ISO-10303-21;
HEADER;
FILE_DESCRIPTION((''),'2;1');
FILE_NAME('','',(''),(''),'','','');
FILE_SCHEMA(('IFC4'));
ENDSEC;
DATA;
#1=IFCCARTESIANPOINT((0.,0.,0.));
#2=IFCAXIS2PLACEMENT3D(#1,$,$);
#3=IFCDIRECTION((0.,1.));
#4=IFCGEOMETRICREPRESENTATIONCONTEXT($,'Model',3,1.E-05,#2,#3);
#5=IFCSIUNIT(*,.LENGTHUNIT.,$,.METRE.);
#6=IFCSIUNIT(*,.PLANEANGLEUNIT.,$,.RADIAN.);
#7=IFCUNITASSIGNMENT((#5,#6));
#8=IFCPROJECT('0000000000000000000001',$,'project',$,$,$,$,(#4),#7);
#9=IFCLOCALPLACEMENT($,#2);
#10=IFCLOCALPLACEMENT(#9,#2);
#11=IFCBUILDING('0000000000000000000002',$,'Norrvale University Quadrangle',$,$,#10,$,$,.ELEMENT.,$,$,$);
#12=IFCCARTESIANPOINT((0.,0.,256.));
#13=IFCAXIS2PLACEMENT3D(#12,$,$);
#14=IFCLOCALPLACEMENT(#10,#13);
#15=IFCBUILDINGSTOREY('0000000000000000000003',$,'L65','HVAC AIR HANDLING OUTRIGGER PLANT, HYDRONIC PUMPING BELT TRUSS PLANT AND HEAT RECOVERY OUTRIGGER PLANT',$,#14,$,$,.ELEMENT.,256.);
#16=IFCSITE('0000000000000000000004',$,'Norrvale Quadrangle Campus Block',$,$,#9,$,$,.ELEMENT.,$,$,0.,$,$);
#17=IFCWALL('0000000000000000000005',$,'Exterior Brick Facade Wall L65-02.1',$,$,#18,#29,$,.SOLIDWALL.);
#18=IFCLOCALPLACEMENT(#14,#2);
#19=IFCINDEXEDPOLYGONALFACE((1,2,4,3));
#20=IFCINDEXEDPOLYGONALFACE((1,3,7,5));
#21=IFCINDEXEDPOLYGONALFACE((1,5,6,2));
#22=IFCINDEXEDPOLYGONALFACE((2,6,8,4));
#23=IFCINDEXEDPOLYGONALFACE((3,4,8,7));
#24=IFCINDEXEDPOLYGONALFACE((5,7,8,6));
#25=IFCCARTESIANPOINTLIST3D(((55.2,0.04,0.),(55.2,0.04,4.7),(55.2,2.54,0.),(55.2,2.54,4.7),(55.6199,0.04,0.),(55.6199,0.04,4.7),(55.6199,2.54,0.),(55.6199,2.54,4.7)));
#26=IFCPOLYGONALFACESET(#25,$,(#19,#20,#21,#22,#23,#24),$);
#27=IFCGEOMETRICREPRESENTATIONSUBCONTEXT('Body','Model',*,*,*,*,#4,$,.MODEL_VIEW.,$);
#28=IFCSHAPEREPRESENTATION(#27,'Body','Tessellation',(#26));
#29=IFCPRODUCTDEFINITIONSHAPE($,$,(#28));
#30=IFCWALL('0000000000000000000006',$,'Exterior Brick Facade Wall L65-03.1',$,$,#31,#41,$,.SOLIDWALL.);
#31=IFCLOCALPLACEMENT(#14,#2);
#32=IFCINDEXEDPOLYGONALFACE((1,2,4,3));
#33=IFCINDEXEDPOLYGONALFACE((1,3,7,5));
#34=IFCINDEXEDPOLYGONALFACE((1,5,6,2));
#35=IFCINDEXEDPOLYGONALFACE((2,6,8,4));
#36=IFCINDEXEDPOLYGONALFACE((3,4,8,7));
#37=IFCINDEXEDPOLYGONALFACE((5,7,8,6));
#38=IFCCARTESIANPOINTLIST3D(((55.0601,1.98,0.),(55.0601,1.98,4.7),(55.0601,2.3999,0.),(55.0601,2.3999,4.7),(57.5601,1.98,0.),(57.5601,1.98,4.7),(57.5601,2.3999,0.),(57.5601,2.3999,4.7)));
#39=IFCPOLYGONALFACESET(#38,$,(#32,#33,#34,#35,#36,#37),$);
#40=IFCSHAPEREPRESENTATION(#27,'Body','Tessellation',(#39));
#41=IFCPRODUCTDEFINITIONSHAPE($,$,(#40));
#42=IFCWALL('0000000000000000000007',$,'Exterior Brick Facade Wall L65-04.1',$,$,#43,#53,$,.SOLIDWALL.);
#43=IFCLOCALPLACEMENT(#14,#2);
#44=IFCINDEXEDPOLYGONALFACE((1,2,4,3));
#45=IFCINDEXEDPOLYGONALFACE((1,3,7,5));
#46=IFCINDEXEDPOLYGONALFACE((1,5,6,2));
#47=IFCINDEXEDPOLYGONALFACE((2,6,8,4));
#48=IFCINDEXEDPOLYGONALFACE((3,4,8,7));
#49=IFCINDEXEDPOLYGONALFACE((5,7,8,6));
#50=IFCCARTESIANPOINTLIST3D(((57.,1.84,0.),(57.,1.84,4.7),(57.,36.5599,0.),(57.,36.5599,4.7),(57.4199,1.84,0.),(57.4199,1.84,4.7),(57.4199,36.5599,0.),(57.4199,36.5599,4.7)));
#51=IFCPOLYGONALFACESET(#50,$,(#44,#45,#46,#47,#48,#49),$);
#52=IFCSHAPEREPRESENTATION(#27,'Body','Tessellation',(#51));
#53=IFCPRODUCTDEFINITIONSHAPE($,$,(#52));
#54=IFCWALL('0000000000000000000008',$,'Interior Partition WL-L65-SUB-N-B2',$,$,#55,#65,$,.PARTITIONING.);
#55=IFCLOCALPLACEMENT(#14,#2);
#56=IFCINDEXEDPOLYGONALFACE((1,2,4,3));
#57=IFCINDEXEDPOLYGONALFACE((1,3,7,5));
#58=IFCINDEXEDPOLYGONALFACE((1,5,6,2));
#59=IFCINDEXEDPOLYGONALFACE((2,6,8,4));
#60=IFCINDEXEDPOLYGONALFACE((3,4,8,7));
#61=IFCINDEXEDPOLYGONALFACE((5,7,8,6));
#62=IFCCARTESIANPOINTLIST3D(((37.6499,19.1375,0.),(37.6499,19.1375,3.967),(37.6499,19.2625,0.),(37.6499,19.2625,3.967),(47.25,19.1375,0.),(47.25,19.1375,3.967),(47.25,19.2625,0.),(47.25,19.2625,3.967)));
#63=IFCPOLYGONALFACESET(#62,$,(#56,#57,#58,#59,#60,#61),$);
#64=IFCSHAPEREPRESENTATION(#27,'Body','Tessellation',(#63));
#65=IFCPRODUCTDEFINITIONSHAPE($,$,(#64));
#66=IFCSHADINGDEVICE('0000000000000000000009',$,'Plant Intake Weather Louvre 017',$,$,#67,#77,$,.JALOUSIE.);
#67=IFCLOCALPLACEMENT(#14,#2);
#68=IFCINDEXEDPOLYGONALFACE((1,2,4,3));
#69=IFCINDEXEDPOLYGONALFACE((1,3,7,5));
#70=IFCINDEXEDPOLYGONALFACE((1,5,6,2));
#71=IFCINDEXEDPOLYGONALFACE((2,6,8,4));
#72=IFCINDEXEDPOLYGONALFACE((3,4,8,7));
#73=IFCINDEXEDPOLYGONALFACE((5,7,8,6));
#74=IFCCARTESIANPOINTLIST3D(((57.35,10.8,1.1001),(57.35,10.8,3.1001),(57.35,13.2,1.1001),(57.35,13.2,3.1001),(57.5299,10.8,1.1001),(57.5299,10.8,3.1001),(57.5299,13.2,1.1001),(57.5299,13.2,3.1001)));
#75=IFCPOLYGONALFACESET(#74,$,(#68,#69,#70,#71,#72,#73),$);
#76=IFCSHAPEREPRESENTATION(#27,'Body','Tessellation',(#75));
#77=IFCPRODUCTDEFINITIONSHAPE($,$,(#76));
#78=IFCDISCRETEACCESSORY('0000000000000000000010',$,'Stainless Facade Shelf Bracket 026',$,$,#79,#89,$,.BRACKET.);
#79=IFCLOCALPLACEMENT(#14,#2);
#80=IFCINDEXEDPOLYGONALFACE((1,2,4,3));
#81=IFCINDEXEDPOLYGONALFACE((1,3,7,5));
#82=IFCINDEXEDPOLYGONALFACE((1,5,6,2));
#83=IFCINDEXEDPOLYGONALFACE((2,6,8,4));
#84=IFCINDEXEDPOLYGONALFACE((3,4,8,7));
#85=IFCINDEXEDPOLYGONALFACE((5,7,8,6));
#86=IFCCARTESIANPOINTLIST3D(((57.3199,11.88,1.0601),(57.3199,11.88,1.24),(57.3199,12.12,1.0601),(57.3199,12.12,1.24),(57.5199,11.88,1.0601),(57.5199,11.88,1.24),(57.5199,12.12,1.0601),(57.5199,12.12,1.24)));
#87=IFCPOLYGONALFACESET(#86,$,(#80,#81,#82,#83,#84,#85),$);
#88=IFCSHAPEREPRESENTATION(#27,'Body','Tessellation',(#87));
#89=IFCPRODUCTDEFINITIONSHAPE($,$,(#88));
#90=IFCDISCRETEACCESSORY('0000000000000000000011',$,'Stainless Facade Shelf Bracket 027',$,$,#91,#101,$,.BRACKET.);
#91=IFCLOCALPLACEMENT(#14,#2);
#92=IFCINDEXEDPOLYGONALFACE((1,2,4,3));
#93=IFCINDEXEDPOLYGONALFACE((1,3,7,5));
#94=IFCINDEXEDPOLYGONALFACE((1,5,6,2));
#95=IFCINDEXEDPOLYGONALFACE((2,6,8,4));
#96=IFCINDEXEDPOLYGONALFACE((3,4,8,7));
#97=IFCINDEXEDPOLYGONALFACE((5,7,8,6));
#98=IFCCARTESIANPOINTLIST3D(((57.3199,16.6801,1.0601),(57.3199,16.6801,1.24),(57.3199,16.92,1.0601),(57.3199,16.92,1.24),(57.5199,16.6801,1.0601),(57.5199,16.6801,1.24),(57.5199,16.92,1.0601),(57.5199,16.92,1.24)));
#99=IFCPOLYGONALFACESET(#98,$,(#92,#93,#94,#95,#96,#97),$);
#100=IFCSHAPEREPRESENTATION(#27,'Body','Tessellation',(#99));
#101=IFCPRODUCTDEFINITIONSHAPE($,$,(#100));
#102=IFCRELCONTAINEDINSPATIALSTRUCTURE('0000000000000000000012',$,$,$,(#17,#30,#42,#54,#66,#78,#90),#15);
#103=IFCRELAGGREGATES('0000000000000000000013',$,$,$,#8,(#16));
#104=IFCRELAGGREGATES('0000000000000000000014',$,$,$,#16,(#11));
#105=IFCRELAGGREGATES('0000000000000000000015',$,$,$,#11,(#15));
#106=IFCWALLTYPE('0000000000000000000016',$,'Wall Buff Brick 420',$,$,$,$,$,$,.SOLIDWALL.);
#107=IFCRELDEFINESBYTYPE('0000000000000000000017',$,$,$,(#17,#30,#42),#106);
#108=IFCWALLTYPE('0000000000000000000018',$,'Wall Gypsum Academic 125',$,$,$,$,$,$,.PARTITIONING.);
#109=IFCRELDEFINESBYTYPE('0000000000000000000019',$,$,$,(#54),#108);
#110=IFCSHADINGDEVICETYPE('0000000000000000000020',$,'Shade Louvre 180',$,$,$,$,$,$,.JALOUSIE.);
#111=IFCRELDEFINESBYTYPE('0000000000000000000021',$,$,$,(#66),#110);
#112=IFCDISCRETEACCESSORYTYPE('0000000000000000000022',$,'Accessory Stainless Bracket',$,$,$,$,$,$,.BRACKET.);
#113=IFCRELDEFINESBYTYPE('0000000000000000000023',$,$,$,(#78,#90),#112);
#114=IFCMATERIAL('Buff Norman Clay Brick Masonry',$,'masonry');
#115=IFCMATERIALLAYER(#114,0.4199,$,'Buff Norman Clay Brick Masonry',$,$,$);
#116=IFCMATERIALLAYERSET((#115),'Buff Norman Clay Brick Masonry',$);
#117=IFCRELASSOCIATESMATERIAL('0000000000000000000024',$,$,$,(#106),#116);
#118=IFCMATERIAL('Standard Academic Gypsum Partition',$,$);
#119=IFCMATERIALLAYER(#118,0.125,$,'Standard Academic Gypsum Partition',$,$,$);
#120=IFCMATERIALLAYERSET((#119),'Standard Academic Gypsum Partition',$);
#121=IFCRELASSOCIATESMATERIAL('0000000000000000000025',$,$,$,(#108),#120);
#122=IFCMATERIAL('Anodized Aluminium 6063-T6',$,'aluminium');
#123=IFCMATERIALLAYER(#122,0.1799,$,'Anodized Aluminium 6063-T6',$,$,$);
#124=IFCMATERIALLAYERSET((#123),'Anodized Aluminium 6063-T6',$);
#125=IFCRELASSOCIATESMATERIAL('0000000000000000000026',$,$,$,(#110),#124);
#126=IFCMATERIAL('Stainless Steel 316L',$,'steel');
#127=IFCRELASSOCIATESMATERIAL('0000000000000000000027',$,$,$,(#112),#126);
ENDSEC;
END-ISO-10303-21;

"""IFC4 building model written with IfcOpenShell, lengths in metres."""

from ifc_helpers import new_model, si_unit, direction, frame, frame_2d, origin, origin_2d, place, context, subcontext, project, spatial, rectangle, extrude, material, layer, layer_set, type_object, element, save


model = new_model("IFC4")

# Units and contexts
model_context = context("Model", 3, precision=1e-05, world=origin(), true_north=direction((0.0, 1.0)))
body_context = subcontext(model_context, "Body", "Model", "MODEL_VIEW")
ifc_project = project(units=[si_unit("LENGTHUNIT", "METRE"), si_unit("PLANEANGLEUNIT", "RADIAN")], contexts=[model_context])

# Site, building, storey
site_placement = place(None, origin())
site = spatial("IfcSite", under=ifc_project, at=site_placement, Name="Norrvale Quadrangle Campus Block", CompositionType="ELEMENT", RefElevation=0.0)
building_placement = place(site_placement, origin())
building = spatial("IfcBuilding", under=site, at=building_placement, Name="Norrvale University Quadrangle", CompositionType="ELEMENT")
storey_placement = place(building_placement, frame((0.0, 0.0, 256.0)))
storey = spatial("IfcBuildingStorey", under=building, at=storey_placement, Name="L65", Description="HVAC AIR HANDLING OUTRIGGER PLANT, HYDRONIC PUMPING BELT TRUSS PLANT AND HEAT RECOVERY OUTRIGGER PLANT", CompositionType="ELEMENT", Elevation=256.0)

# Walls
ifc_material_1 = material(Name="Buff Norman Clay Brick Masonry", Category="masonry")
ifc_layer_1 = layer(ifc_material_1, 0.4199, Name="Buff Norman Clay Brick Masonry")
ifc_layer_set_1 = layer_set([ifc_layer_1], Name="Buff Norman Clay Brick Masonry")
wall_type_1 = type_object("IfcWallType", Name="Wall Buff Brick 420", PredefinedType="SOLIDWALL", material=ifc_layer_set_1)
for number, where, z_axis, x_axis, name in (
    (1, (55.4099, 0.04, 0.0), (0.0, 0.0, 1.0), (0.0, 1.0, 0.0), "Exterior Brick Facade Wall L65-02.1"),
    (2, (55.0601, 2.1899, 0.0), (0.0, 0.0, 1.0), (1.0, 0.0, 0.0), "Exterior Brick Facade Wall L65-03.1"),
):
    element("IfcWall", number, at=place(storey_placement, frame(where, z_axis=z_axis, x_axis=x_axis)), inside=storey, type_object=wall_type_1, Name=name, PredefinedType="SOLIDWALL", context=body_context, shape_type="SweptSolid", body=[
        extrude(rectangle(XDim=2.5, YDim=0.4199, at=frame_2d((1.25, 0.0))), origin(), (0.0, 0.0, 1.0), 4.7),
    ])
wall_1_placement = place(storey_placement, frame((57.21, 1.8401, 0.0), z_axis=(0.0, 0.0, 1.0), x_axis=(0.0, 1.0, 0.0)))
element("IfcWall", 3, at=wall_1_placement, inside=storey, type_object=wall_type_1, Name="Exterior Brick Facade Wall L65-04.1", PredefinedType="SOLIDWALL", context=body_context, shape_type="SweptSolid", body=[
    extrude(rectangle(XDim=34.72, YDim=0.4199, at=frame_2d((17.3599, 0.0))), origin(), (0.0, 0.0, 1.0), 4.7),
])
ifc_material_2 = material(Name="Standard Academic Gypsum Partition")
ifc_layer_2 = layer(ifc_material_2, 0.125, Name="Standard Academic Gypsum Partition")
ifc_layer_set_2 = layer_set([ifc_layer_2], Name="Standard Academic Gypsum Partition")
wall_type_2 = type_object("IfcWallType", Name="Wall Gypsum Academic 125", PredefinedType="PARTITIONING", material=ifc_layer_set_2)
wall_2_placement = place(storey_placement, frame((37.6499, 19.2, 0.0), z_axis=(0.0, 0.0, 1.0), x_axis=(1.0, 0.0, 0.0)))
element("IfcWall", 4, at=wall_2_placement, inside=storey, type_object=wall_type_2, Name="Interior Partition WL-L65-SUB-N-B2", PredefinedType="PARTITIONING", context=body_context, shape_type="SweptSolid", body=[
    extrude(rectangle(XDim=9.6001, YDim=0.125, at=frame_2d((4.8, 0.0))), origin(), (0.0, 0.0, 1.0), 3.967),
])

# Shading device
ifc_material_3 = material(Name="Anodized Aluminium 6063-T6", Category="aluminium")
ifc_layer_3 = layer(ifc_material_3, 0.1799, Name="Anodized Aluminium 6063-T6")
ifc_layer_set_3 = layer_set([ifc_layer_3], Name="Anodized Aluminium 6063-T6")
shading_device_type = type_object("IfcShadingDeviceType", Name="Shade Louvre 180", PredefinedType="JALOUSIE", material=ifc_layer_set_3)
shading_device_placement = place(storey_placement, frame((57.4399, 12.0, 1.1001), z_axis=(0.0, 0.0, 1.0), x_axis=(0.0, 1.0, 0.0)))
element("IfcShadingDevice", 5, at=shading_device_placement, inside=storey, type_object=shading_device_type, Name="Plant Intake Weather Louvre 017", PredefinedType="JALOUSIE", context=body_context, shape_type="SweptSolid", body=[
    extrude(rectangle(XDim=2.3999, YDim=0.1799, at=origin_2d()), origin(), (0.0, 0.0, 1.0), 2.0),
])

# Discrete accessories
ifc_material_4 = material(Name="Stainless Steel 316L", Category="steel")
discrete_accessory_type = type_object("IfcDiscreteAccessoryType", Name="Accessory Stainless Bracket", PredefinedType="BRACKET", material=ifc_material_4)
for number, where, z_axis, x_axis, name in (
    (6, (57.4199, 12.0, 1.0601), (0.0, 0.0, 1.0), (0.0, 1.0, 0.0), "Stainless Facade Shelf Bracket 026"),
    (7, (57.4199, 16.8, 1.0601), (0.0, 0.0, 1.0), (0.0, 1.0, 0.0), "Stainless Facade Shelf Bracket 027"),
):
    element("IfcDiscreteAccessory", number, at=place(storey_placement, frame(where, z_axis=z_axis, x_axis=x_axis)), inside=storey, type_object=discrete_accessory_type, Name=name, PredefinedType="BRACKET", context=body_context, shape_type="SweptSolid", body=[
        extrude(rectangle(XDim=0.24, YDim=0.2, at=origin_2d()), origin(), (0.0, 0.0, 1.0), 0.1799),
    ])

save(model, "model.ifc")
